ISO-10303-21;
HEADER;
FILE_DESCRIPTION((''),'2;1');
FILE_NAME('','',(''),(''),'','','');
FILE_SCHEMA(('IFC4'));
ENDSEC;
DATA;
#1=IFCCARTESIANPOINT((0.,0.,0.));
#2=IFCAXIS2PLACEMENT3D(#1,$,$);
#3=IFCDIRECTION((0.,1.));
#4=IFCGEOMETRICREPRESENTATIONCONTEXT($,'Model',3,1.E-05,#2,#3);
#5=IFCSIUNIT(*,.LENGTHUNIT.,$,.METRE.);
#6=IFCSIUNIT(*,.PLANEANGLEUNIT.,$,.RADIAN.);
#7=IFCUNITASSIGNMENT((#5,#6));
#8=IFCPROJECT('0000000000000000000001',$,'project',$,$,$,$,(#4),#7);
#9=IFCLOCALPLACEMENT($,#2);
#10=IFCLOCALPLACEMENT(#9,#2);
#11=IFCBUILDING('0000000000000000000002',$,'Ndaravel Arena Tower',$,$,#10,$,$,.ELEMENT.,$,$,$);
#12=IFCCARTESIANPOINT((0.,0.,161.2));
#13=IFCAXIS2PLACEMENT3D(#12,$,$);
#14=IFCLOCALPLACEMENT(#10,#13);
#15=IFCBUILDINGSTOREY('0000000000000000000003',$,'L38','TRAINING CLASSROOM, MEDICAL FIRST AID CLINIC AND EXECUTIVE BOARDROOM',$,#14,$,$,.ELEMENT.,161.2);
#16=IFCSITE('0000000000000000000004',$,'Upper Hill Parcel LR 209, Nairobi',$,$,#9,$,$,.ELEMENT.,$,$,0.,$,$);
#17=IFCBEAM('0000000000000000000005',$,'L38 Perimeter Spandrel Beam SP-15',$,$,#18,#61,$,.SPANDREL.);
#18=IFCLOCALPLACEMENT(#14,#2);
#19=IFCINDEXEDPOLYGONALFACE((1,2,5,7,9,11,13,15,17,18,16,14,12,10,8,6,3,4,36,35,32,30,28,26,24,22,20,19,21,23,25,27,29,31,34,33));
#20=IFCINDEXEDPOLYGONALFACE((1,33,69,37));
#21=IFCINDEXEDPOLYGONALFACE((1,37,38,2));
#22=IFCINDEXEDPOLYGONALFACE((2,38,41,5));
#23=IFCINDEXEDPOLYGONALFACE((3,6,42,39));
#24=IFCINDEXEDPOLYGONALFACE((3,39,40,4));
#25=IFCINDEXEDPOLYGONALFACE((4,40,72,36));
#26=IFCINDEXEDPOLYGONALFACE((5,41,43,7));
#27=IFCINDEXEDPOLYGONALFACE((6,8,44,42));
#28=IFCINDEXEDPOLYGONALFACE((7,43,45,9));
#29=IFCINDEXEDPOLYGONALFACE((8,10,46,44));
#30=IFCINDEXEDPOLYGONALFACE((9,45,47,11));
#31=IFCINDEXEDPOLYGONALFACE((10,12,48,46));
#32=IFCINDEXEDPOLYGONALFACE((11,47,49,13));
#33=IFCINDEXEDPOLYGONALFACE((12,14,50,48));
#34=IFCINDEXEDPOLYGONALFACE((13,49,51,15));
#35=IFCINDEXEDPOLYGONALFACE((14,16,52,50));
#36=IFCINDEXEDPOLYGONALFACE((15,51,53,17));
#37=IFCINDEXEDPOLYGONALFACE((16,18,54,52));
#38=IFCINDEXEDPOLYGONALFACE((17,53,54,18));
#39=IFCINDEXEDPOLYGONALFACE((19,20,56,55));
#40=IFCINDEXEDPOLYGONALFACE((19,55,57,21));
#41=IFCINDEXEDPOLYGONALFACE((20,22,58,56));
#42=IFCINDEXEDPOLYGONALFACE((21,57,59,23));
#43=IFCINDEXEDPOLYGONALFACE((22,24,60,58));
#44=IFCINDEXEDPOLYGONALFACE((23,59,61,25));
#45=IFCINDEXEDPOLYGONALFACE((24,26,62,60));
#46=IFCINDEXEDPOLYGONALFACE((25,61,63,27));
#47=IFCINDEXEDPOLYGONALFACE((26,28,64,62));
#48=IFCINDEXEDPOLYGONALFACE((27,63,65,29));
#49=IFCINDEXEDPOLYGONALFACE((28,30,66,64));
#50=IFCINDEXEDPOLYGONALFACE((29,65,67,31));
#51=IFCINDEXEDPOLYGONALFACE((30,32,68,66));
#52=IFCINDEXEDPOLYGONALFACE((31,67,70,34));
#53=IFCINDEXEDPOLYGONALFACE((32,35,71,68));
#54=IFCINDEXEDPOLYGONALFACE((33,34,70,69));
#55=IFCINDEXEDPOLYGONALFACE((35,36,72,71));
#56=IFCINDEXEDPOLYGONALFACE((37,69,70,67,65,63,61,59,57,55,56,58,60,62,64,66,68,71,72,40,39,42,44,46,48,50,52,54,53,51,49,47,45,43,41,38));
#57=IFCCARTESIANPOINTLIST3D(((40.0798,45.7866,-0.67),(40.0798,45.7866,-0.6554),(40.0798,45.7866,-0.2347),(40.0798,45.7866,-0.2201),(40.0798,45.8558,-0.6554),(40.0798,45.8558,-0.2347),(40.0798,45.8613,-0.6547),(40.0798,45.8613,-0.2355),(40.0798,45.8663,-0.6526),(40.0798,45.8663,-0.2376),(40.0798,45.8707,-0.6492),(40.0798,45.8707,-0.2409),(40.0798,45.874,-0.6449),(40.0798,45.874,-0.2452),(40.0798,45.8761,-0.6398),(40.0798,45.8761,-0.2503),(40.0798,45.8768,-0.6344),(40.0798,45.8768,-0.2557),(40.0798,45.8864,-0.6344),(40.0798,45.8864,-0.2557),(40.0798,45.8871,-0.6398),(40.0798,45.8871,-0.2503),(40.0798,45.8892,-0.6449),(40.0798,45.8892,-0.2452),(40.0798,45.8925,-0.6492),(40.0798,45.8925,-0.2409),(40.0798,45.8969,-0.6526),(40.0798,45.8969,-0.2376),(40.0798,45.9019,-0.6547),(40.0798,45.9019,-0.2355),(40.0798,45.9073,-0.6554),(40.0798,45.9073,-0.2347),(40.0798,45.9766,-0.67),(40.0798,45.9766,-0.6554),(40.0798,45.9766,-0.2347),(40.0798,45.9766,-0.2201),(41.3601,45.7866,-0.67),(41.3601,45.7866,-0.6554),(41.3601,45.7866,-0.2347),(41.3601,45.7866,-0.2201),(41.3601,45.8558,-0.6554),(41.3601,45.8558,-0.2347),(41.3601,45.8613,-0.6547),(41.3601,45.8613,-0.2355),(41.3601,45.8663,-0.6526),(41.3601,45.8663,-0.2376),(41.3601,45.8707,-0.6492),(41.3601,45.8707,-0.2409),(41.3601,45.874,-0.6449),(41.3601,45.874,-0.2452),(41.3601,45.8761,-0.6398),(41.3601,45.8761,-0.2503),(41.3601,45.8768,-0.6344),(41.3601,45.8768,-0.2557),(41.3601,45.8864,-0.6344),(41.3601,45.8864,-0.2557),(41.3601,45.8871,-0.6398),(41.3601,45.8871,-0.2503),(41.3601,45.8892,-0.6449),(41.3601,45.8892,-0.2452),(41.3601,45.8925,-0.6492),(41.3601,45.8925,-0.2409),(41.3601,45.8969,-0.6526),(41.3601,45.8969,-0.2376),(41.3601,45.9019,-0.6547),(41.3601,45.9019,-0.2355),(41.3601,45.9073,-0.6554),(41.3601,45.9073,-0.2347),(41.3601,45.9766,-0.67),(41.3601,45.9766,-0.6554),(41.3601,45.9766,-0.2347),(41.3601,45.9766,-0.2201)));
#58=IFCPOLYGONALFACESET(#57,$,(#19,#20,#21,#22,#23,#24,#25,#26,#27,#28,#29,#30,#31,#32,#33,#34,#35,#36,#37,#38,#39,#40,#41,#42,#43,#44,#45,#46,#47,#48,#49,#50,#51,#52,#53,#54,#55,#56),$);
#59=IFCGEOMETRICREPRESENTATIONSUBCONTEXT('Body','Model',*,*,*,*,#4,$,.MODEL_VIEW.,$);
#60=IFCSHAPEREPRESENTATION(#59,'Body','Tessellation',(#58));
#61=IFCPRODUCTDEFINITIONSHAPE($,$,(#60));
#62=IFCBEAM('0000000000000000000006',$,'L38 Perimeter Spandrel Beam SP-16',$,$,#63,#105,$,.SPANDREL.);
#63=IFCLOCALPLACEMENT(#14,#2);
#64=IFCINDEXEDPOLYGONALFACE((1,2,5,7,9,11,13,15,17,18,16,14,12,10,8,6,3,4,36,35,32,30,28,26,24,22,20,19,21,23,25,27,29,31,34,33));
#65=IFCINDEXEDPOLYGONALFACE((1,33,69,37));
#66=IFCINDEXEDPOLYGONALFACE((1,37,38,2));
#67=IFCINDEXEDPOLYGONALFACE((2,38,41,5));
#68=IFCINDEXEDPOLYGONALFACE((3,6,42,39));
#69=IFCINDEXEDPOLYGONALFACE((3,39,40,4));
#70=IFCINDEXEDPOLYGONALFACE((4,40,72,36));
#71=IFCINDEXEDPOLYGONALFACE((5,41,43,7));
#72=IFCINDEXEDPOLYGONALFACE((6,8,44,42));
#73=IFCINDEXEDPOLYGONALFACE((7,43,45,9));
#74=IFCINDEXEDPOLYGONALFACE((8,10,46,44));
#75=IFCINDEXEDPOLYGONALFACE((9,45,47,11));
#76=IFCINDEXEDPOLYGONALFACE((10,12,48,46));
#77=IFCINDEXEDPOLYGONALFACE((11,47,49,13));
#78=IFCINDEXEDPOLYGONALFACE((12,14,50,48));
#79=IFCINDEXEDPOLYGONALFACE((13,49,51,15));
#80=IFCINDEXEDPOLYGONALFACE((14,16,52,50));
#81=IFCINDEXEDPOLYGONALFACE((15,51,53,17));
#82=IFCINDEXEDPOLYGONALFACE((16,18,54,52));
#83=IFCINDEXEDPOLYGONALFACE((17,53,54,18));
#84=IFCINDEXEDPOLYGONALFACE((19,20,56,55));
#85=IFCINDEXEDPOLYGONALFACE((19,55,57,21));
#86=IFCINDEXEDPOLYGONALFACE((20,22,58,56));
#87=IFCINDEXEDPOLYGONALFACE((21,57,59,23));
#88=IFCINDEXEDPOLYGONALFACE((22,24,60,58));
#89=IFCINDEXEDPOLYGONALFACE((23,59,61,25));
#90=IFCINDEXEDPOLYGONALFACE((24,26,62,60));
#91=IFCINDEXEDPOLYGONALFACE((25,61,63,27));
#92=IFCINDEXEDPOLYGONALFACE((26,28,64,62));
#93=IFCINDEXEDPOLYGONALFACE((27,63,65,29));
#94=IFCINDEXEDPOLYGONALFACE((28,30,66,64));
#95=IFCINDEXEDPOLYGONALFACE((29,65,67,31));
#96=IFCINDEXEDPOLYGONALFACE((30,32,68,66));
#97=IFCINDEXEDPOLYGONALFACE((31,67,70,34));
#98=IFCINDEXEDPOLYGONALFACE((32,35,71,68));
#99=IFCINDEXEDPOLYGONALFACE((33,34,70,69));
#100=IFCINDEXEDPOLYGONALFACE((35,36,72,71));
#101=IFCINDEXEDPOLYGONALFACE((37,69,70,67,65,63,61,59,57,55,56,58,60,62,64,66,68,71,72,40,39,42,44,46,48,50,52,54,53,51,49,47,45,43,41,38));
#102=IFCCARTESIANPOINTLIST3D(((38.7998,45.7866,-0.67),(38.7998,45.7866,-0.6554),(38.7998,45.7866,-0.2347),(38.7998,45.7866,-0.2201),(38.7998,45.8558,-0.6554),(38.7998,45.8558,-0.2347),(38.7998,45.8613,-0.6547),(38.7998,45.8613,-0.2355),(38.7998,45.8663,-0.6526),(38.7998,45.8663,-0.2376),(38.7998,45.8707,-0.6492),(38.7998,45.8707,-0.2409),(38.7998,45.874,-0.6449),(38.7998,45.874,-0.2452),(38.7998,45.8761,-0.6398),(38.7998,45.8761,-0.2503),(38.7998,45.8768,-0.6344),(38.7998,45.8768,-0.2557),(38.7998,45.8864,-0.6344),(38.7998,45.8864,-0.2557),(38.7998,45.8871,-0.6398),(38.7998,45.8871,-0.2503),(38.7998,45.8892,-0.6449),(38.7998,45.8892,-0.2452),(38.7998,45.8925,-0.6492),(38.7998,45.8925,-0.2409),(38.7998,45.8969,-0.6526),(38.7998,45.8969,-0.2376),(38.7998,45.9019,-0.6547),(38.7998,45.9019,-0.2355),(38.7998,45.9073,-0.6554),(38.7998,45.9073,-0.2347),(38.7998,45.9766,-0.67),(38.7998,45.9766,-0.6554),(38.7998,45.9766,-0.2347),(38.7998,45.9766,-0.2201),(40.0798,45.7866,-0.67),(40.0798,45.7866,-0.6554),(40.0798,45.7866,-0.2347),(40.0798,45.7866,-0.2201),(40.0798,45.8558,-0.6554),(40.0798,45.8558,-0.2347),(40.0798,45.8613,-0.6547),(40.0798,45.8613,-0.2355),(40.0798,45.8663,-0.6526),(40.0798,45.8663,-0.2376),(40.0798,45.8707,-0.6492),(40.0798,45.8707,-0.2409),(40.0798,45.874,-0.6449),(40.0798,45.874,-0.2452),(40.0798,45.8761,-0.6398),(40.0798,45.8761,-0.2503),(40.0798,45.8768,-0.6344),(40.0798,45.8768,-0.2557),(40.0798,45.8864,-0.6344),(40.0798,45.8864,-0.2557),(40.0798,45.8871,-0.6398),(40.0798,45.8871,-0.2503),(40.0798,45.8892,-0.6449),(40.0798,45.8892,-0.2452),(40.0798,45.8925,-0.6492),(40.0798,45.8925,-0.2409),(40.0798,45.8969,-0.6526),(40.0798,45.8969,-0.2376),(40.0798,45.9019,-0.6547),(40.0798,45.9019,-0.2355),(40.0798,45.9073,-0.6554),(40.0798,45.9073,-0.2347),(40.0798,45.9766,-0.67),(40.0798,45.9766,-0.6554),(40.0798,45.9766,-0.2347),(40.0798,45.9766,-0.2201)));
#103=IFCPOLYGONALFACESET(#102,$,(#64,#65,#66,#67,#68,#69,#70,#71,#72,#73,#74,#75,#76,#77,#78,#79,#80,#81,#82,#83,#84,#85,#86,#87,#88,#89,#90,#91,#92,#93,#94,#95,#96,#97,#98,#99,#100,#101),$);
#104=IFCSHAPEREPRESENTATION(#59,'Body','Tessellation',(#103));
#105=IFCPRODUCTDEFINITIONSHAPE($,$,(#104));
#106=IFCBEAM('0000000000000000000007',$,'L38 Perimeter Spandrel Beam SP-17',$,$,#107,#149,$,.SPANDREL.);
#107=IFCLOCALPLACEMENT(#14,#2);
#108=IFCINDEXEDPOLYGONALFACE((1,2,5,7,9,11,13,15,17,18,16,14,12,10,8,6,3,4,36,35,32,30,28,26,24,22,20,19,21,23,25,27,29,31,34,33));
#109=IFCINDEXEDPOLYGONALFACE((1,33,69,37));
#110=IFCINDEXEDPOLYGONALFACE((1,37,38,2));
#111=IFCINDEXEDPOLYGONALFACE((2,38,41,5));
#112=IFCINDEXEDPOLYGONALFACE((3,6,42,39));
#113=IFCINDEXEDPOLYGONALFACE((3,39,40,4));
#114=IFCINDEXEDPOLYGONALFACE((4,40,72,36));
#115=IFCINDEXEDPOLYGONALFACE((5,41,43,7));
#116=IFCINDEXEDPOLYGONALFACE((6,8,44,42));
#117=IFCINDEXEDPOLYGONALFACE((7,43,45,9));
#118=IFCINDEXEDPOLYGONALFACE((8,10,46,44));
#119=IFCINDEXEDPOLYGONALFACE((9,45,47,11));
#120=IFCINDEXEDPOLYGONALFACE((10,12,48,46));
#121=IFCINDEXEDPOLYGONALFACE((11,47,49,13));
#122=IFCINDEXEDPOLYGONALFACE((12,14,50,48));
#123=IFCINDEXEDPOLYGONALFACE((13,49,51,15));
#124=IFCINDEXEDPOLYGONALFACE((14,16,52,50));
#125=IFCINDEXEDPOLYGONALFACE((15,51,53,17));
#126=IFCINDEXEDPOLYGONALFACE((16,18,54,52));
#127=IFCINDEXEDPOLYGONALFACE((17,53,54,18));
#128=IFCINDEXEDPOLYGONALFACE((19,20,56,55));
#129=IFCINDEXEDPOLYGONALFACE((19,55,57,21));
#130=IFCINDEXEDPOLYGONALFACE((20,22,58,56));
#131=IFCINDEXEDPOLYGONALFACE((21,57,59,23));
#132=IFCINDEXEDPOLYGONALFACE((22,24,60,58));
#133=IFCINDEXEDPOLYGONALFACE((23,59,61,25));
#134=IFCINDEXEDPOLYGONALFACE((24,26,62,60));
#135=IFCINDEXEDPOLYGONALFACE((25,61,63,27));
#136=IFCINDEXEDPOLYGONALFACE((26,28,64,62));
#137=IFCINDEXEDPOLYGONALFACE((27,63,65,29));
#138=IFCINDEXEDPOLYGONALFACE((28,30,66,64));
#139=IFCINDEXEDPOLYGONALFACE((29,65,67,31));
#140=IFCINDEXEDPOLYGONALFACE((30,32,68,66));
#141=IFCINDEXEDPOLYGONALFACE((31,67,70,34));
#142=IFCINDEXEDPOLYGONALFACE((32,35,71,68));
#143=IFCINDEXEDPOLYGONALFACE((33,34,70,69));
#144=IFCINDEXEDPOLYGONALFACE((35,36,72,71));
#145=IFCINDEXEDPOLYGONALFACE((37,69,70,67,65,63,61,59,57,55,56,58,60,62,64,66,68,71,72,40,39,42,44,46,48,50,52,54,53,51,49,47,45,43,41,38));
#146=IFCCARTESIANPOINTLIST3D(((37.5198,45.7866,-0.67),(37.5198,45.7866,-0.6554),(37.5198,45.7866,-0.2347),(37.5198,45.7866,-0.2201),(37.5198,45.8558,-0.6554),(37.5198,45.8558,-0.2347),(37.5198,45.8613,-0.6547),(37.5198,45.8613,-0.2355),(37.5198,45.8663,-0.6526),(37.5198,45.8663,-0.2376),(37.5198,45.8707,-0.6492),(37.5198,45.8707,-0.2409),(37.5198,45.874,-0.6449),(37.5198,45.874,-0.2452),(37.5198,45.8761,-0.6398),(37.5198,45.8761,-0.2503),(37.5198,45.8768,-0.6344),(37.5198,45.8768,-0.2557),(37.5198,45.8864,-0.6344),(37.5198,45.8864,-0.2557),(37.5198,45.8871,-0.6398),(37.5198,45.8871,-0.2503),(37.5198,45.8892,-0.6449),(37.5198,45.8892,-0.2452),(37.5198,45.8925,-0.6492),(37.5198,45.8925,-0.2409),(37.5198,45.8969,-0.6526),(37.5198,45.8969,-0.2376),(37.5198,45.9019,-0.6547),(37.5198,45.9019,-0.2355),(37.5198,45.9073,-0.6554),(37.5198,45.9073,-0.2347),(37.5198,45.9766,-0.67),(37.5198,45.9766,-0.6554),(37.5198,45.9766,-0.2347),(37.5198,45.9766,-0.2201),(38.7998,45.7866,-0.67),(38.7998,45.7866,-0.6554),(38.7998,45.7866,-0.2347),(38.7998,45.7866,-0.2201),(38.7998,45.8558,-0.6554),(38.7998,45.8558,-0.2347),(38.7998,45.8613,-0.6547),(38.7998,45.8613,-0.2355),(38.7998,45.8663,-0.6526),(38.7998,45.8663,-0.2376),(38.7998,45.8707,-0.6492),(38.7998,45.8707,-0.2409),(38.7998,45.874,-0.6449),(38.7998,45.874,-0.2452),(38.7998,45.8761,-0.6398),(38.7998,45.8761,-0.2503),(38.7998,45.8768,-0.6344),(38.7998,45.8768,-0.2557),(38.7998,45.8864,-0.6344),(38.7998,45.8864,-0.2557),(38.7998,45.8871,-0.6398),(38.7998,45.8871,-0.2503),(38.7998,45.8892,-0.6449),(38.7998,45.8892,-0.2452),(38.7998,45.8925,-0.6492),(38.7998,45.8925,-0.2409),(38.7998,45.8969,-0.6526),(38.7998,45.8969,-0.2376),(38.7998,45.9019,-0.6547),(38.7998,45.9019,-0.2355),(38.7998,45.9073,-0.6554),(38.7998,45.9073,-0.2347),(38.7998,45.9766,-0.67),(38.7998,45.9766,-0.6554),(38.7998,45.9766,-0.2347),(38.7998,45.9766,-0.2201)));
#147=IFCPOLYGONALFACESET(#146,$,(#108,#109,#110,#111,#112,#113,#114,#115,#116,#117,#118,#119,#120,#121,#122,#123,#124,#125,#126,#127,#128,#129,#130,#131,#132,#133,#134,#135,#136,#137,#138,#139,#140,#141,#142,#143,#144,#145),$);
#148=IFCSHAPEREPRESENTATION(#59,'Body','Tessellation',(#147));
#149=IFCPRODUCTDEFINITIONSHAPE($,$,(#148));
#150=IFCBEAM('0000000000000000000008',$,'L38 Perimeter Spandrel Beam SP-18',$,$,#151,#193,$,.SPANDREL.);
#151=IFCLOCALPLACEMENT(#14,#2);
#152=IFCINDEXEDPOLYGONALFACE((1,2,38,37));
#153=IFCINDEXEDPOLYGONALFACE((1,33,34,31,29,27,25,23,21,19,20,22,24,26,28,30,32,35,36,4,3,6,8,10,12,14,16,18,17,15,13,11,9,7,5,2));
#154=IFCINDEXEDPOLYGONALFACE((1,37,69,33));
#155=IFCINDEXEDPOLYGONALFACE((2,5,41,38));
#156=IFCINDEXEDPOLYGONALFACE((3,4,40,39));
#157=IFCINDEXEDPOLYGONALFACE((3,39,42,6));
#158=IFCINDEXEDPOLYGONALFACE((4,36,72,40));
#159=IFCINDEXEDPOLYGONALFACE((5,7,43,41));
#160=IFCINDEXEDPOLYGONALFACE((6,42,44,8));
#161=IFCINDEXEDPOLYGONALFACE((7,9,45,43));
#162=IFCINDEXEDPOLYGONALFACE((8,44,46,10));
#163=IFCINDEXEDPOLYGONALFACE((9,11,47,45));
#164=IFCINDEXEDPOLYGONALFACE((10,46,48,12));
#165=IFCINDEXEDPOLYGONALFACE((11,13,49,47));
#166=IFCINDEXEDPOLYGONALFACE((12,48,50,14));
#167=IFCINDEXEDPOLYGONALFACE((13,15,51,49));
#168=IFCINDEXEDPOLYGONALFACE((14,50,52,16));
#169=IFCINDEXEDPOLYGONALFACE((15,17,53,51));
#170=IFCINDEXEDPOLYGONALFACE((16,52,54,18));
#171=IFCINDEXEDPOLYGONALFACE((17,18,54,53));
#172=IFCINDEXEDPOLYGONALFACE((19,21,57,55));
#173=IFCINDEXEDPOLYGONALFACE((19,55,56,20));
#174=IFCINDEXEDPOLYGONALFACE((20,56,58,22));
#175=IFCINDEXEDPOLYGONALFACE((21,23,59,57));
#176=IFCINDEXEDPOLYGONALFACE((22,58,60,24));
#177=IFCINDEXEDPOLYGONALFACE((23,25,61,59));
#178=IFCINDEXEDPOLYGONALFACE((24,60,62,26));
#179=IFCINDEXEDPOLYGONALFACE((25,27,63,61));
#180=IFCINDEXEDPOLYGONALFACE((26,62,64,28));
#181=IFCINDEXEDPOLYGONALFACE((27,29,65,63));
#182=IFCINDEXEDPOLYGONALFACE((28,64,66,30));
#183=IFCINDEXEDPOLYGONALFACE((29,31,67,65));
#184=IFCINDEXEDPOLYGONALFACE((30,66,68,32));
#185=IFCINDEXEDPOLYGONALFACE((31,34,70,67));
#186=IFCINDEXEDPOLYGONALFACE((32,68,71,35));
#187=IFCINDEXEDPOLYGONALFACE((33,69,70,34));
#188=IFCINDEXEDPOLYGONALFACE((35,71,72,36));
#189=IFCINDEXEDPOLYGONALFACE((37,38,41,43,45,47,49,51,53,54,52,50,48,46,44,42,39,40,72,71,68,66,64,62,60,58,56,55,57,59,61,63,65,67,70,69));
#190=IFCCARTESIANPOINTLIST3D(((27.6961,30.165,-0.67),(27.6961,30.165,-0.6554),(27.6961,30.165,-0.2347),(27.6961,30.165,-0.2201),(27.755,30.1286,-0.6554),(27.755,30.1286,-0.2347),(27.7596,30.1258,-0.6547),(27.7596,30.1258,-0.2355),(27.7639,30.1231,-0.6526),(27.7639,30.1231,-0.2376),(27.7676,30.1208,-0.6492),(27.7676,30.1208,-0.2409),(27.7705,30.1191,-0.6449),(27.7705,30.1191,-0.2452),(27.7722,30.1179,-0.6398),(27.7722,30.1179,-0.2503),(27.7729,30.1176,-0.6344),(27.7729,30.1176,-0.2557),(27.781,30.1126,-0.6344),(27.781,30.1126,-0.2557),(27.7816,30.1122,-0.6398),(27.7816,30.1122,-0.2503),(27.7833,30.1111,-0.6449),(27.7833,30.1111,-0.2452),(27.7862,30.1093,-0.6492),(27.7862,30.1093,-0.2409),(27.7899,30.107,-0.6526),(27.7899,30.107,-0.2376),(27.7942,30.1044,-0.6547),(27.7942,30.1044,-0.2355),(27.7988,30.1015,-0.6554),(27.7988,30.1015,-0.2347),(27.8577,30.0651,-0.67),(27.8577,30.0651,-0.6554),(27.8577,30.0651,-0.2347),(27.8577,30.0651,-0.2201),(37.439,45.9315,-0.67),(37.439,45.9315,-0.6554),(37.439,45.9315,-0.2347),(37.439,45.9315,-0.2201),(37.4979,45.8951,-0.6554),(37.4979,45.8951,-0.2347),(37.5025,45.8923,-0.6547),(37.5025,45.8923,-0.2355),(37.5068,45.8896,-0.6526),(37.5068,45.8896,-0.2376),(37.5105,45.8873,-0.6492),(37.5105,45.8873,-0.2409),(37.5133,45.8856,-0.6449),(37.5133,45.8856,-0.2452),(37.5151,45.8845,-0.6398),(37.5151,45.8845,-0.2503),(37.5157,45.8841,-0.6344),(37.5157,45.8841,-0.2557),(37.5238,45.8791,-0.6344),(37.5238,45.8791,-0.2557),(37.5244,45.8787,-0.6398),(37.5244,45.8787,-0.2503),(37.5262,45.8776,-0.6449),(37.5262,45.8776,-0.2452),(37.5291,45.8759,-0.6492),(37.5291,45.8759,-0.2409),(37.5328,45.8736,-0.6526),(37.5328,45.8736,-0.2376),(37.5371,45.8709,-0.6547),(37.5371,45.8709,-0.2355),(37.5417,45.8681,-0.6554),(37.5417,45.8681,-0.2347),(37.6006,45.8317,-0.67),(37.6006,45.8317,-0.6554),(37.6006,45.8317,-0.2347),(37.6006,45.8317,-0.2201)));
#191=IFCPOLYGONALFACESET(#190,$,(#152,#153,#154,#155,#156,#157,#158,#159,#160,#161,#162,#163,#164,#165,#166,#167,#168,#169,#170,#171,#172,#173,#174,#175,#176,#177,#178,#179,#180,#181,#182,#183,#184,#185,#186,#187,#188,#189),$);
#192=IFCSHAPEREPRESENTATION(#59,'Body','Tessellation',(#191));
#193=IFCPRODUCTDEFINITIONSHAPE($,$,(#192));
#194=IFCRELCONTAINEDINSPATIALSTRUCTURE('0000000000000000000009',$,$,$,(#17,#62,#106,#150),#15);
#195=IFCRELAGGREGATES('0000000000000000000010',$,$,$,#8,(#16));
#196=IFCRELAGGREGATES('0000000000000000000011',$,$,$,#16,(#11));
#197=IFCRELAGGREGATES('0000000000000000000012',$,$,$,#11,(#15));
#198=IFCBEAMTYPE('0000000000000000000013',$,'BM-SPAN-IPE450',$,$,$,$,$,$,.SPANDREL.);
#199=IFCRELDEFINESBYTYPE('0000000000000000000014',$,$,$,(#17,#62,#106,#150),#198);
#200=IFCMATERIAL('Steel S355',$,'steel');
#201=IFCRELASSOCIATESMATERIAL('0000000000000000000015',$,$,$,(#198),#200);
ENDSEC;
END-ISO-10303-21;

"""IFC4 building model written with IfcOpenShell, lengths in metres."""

from ifc_helpers import new_model, si_unit, direction, frame, origin, origin_2d, place, context, subcontext, project, spatial, i_section, extrude, material, material_profile, profile_set, type_object, element, save


model = new_model("IFC4")

# Units and contexts
model_context = context("Model", 3, precision=1e-05, world=origin(), true_north=direction((0.0, 1.0)))
body_context = subcontext(model_context, "Body", "Model", "MODEL_VIEW")
ifc_project = project(units=[si_unit("LENGTHUNIT", "METRE"), si_unit("PLANEANGLEUNIT", "RADIAN")], contexts=[model_context])

# Site, building, storey
site_placement = place(None, origin())
site = spatial("IfcSite", under=ifc_project, at=site_placement, Name="Upper Hill Parcel LR 209, Nairobi", CompositionType="ELEMENT", RefElevation=0.0)
building_placement = place(site_placement, origin())
building = spatial("IfcBuilding", under=site, at=building_placement, Name="Ndaravel Arena Tower", CompositionType="ELEMENT")
storey_placement = place(building_placement, frame((0.0, 0.0, 161.2)))
storey = spatial("IfcBuildingStorey", under=building, at=storey_placement, Name="L38", Description="TRAINING CLASSROOM, MEDICAL FIRST AID CLINIC AND EXECUTIVE BOARDROOM", CompositionType="ELEMENT", Elevation=161.2)

# Beams
ifc_material_1 = material(Name="Steel S355", Category="steel")
ifc_material_profile_1 = material_profile(ifc_material_1, i_section(OverallWidth=0.1899, OverallDepth=0.45, WebThickness=0.0095, FlangeThickness=0.0146, FilletRadius=0.021, at=origin_2d()), Name="IPE 450")
ifc_profile_set_1 = profile_set([ifc_material_profile_1], Name="Steel S355")
beam_type_1 = type_object("IfcBeamType", Name="BM-SPAN-IPE450", PredefinedType="SPANDREL", material=ifc_profile_set_1)
beam_1_placement = place(storey_placement, frame((41.3601, 45.8816, -0.4451), z_axis=(-1.0, 0.0, 0.0), x_axis=(0.0, -1.0, 0.0)))
element("IfcBeam", 1, at=beam_1_placement, inside=storey, type_object=beam_type_1, Name="L38 Perimeter Spandrel Beam SP-15", PredefinedType="SPANDREL", context=body_context, shape_type="SweptSolid", body=[
    extrude(i_section(OverallWidth=0.1899, OverallDepth=0.45, WebThickness=0.0095, FlangeThickness=0.0146, FilletRadius=0.021, at=origin_2d()), origin(), (0.0, 0.0, 1.0), 1.2803),
])
for number, where, z_axis, x_axis, name in (
    (2, (40.0798, 45.8816, -0.4451), (-1.0, 0.0, 0.0), (0.0, -1.0, 0.0), "L38 Perimeter Spandrel Beam SP-16"),
    (3, (38.7998, 45.8816, -0.4451), (-1.0, 0.0, 0.0), (0.0, -1.0, 0.0), "L38 Perimeter Spandrel Beam SP-17"),
):
    element("IfcBeam", number, at=place(storey_placement, frame(where, z_axis=z_axis, x_axis=x_axis)), inside=storey, type_object=beam_type_1, Name=name, PredefinedType="SPANDREL", context=body_context, shape_type="SweptSolid", body=[
        extrude(i_section(OverallWidth=0.1899, OverallDepth=0.45, WebThickness=0.0095, FlangeThickness=0.0146, FilletRadius=0.021, at=origin_2d()), origin(), (0.0, 0.0, 1.0), 1.28),
    ])
for number, where, z_axis, x_axis, name in (
    (4, (37.5198, 45.8816, -0.4451), (-0.525677, -0.850684, 0.0), (0.850684, -0.525677, 0.0), "L38 Perimeter Spandrel Beam SP-18"),
):
    element("IfcBeam", number, at=place(storey_placement, frame(where, z_axis=z_axis, x_axis=x_axis)), inside=storey, type_object=beam_type_1, Name=name, PredefinedType="SPANDREL", context=body_context, shape_type="SweptSolid", body=[
        extrude(i_section(OverallWidth=0.1899, OverallDepth=0.45, WebThickness=0.0095, FlangeThickness=0.0146, FilletRadius=0.021, at=origin_2d()), origin(), (0.0, 0.0, 1.0), 18.5339),
    ])

save(model, "model.ifc")
